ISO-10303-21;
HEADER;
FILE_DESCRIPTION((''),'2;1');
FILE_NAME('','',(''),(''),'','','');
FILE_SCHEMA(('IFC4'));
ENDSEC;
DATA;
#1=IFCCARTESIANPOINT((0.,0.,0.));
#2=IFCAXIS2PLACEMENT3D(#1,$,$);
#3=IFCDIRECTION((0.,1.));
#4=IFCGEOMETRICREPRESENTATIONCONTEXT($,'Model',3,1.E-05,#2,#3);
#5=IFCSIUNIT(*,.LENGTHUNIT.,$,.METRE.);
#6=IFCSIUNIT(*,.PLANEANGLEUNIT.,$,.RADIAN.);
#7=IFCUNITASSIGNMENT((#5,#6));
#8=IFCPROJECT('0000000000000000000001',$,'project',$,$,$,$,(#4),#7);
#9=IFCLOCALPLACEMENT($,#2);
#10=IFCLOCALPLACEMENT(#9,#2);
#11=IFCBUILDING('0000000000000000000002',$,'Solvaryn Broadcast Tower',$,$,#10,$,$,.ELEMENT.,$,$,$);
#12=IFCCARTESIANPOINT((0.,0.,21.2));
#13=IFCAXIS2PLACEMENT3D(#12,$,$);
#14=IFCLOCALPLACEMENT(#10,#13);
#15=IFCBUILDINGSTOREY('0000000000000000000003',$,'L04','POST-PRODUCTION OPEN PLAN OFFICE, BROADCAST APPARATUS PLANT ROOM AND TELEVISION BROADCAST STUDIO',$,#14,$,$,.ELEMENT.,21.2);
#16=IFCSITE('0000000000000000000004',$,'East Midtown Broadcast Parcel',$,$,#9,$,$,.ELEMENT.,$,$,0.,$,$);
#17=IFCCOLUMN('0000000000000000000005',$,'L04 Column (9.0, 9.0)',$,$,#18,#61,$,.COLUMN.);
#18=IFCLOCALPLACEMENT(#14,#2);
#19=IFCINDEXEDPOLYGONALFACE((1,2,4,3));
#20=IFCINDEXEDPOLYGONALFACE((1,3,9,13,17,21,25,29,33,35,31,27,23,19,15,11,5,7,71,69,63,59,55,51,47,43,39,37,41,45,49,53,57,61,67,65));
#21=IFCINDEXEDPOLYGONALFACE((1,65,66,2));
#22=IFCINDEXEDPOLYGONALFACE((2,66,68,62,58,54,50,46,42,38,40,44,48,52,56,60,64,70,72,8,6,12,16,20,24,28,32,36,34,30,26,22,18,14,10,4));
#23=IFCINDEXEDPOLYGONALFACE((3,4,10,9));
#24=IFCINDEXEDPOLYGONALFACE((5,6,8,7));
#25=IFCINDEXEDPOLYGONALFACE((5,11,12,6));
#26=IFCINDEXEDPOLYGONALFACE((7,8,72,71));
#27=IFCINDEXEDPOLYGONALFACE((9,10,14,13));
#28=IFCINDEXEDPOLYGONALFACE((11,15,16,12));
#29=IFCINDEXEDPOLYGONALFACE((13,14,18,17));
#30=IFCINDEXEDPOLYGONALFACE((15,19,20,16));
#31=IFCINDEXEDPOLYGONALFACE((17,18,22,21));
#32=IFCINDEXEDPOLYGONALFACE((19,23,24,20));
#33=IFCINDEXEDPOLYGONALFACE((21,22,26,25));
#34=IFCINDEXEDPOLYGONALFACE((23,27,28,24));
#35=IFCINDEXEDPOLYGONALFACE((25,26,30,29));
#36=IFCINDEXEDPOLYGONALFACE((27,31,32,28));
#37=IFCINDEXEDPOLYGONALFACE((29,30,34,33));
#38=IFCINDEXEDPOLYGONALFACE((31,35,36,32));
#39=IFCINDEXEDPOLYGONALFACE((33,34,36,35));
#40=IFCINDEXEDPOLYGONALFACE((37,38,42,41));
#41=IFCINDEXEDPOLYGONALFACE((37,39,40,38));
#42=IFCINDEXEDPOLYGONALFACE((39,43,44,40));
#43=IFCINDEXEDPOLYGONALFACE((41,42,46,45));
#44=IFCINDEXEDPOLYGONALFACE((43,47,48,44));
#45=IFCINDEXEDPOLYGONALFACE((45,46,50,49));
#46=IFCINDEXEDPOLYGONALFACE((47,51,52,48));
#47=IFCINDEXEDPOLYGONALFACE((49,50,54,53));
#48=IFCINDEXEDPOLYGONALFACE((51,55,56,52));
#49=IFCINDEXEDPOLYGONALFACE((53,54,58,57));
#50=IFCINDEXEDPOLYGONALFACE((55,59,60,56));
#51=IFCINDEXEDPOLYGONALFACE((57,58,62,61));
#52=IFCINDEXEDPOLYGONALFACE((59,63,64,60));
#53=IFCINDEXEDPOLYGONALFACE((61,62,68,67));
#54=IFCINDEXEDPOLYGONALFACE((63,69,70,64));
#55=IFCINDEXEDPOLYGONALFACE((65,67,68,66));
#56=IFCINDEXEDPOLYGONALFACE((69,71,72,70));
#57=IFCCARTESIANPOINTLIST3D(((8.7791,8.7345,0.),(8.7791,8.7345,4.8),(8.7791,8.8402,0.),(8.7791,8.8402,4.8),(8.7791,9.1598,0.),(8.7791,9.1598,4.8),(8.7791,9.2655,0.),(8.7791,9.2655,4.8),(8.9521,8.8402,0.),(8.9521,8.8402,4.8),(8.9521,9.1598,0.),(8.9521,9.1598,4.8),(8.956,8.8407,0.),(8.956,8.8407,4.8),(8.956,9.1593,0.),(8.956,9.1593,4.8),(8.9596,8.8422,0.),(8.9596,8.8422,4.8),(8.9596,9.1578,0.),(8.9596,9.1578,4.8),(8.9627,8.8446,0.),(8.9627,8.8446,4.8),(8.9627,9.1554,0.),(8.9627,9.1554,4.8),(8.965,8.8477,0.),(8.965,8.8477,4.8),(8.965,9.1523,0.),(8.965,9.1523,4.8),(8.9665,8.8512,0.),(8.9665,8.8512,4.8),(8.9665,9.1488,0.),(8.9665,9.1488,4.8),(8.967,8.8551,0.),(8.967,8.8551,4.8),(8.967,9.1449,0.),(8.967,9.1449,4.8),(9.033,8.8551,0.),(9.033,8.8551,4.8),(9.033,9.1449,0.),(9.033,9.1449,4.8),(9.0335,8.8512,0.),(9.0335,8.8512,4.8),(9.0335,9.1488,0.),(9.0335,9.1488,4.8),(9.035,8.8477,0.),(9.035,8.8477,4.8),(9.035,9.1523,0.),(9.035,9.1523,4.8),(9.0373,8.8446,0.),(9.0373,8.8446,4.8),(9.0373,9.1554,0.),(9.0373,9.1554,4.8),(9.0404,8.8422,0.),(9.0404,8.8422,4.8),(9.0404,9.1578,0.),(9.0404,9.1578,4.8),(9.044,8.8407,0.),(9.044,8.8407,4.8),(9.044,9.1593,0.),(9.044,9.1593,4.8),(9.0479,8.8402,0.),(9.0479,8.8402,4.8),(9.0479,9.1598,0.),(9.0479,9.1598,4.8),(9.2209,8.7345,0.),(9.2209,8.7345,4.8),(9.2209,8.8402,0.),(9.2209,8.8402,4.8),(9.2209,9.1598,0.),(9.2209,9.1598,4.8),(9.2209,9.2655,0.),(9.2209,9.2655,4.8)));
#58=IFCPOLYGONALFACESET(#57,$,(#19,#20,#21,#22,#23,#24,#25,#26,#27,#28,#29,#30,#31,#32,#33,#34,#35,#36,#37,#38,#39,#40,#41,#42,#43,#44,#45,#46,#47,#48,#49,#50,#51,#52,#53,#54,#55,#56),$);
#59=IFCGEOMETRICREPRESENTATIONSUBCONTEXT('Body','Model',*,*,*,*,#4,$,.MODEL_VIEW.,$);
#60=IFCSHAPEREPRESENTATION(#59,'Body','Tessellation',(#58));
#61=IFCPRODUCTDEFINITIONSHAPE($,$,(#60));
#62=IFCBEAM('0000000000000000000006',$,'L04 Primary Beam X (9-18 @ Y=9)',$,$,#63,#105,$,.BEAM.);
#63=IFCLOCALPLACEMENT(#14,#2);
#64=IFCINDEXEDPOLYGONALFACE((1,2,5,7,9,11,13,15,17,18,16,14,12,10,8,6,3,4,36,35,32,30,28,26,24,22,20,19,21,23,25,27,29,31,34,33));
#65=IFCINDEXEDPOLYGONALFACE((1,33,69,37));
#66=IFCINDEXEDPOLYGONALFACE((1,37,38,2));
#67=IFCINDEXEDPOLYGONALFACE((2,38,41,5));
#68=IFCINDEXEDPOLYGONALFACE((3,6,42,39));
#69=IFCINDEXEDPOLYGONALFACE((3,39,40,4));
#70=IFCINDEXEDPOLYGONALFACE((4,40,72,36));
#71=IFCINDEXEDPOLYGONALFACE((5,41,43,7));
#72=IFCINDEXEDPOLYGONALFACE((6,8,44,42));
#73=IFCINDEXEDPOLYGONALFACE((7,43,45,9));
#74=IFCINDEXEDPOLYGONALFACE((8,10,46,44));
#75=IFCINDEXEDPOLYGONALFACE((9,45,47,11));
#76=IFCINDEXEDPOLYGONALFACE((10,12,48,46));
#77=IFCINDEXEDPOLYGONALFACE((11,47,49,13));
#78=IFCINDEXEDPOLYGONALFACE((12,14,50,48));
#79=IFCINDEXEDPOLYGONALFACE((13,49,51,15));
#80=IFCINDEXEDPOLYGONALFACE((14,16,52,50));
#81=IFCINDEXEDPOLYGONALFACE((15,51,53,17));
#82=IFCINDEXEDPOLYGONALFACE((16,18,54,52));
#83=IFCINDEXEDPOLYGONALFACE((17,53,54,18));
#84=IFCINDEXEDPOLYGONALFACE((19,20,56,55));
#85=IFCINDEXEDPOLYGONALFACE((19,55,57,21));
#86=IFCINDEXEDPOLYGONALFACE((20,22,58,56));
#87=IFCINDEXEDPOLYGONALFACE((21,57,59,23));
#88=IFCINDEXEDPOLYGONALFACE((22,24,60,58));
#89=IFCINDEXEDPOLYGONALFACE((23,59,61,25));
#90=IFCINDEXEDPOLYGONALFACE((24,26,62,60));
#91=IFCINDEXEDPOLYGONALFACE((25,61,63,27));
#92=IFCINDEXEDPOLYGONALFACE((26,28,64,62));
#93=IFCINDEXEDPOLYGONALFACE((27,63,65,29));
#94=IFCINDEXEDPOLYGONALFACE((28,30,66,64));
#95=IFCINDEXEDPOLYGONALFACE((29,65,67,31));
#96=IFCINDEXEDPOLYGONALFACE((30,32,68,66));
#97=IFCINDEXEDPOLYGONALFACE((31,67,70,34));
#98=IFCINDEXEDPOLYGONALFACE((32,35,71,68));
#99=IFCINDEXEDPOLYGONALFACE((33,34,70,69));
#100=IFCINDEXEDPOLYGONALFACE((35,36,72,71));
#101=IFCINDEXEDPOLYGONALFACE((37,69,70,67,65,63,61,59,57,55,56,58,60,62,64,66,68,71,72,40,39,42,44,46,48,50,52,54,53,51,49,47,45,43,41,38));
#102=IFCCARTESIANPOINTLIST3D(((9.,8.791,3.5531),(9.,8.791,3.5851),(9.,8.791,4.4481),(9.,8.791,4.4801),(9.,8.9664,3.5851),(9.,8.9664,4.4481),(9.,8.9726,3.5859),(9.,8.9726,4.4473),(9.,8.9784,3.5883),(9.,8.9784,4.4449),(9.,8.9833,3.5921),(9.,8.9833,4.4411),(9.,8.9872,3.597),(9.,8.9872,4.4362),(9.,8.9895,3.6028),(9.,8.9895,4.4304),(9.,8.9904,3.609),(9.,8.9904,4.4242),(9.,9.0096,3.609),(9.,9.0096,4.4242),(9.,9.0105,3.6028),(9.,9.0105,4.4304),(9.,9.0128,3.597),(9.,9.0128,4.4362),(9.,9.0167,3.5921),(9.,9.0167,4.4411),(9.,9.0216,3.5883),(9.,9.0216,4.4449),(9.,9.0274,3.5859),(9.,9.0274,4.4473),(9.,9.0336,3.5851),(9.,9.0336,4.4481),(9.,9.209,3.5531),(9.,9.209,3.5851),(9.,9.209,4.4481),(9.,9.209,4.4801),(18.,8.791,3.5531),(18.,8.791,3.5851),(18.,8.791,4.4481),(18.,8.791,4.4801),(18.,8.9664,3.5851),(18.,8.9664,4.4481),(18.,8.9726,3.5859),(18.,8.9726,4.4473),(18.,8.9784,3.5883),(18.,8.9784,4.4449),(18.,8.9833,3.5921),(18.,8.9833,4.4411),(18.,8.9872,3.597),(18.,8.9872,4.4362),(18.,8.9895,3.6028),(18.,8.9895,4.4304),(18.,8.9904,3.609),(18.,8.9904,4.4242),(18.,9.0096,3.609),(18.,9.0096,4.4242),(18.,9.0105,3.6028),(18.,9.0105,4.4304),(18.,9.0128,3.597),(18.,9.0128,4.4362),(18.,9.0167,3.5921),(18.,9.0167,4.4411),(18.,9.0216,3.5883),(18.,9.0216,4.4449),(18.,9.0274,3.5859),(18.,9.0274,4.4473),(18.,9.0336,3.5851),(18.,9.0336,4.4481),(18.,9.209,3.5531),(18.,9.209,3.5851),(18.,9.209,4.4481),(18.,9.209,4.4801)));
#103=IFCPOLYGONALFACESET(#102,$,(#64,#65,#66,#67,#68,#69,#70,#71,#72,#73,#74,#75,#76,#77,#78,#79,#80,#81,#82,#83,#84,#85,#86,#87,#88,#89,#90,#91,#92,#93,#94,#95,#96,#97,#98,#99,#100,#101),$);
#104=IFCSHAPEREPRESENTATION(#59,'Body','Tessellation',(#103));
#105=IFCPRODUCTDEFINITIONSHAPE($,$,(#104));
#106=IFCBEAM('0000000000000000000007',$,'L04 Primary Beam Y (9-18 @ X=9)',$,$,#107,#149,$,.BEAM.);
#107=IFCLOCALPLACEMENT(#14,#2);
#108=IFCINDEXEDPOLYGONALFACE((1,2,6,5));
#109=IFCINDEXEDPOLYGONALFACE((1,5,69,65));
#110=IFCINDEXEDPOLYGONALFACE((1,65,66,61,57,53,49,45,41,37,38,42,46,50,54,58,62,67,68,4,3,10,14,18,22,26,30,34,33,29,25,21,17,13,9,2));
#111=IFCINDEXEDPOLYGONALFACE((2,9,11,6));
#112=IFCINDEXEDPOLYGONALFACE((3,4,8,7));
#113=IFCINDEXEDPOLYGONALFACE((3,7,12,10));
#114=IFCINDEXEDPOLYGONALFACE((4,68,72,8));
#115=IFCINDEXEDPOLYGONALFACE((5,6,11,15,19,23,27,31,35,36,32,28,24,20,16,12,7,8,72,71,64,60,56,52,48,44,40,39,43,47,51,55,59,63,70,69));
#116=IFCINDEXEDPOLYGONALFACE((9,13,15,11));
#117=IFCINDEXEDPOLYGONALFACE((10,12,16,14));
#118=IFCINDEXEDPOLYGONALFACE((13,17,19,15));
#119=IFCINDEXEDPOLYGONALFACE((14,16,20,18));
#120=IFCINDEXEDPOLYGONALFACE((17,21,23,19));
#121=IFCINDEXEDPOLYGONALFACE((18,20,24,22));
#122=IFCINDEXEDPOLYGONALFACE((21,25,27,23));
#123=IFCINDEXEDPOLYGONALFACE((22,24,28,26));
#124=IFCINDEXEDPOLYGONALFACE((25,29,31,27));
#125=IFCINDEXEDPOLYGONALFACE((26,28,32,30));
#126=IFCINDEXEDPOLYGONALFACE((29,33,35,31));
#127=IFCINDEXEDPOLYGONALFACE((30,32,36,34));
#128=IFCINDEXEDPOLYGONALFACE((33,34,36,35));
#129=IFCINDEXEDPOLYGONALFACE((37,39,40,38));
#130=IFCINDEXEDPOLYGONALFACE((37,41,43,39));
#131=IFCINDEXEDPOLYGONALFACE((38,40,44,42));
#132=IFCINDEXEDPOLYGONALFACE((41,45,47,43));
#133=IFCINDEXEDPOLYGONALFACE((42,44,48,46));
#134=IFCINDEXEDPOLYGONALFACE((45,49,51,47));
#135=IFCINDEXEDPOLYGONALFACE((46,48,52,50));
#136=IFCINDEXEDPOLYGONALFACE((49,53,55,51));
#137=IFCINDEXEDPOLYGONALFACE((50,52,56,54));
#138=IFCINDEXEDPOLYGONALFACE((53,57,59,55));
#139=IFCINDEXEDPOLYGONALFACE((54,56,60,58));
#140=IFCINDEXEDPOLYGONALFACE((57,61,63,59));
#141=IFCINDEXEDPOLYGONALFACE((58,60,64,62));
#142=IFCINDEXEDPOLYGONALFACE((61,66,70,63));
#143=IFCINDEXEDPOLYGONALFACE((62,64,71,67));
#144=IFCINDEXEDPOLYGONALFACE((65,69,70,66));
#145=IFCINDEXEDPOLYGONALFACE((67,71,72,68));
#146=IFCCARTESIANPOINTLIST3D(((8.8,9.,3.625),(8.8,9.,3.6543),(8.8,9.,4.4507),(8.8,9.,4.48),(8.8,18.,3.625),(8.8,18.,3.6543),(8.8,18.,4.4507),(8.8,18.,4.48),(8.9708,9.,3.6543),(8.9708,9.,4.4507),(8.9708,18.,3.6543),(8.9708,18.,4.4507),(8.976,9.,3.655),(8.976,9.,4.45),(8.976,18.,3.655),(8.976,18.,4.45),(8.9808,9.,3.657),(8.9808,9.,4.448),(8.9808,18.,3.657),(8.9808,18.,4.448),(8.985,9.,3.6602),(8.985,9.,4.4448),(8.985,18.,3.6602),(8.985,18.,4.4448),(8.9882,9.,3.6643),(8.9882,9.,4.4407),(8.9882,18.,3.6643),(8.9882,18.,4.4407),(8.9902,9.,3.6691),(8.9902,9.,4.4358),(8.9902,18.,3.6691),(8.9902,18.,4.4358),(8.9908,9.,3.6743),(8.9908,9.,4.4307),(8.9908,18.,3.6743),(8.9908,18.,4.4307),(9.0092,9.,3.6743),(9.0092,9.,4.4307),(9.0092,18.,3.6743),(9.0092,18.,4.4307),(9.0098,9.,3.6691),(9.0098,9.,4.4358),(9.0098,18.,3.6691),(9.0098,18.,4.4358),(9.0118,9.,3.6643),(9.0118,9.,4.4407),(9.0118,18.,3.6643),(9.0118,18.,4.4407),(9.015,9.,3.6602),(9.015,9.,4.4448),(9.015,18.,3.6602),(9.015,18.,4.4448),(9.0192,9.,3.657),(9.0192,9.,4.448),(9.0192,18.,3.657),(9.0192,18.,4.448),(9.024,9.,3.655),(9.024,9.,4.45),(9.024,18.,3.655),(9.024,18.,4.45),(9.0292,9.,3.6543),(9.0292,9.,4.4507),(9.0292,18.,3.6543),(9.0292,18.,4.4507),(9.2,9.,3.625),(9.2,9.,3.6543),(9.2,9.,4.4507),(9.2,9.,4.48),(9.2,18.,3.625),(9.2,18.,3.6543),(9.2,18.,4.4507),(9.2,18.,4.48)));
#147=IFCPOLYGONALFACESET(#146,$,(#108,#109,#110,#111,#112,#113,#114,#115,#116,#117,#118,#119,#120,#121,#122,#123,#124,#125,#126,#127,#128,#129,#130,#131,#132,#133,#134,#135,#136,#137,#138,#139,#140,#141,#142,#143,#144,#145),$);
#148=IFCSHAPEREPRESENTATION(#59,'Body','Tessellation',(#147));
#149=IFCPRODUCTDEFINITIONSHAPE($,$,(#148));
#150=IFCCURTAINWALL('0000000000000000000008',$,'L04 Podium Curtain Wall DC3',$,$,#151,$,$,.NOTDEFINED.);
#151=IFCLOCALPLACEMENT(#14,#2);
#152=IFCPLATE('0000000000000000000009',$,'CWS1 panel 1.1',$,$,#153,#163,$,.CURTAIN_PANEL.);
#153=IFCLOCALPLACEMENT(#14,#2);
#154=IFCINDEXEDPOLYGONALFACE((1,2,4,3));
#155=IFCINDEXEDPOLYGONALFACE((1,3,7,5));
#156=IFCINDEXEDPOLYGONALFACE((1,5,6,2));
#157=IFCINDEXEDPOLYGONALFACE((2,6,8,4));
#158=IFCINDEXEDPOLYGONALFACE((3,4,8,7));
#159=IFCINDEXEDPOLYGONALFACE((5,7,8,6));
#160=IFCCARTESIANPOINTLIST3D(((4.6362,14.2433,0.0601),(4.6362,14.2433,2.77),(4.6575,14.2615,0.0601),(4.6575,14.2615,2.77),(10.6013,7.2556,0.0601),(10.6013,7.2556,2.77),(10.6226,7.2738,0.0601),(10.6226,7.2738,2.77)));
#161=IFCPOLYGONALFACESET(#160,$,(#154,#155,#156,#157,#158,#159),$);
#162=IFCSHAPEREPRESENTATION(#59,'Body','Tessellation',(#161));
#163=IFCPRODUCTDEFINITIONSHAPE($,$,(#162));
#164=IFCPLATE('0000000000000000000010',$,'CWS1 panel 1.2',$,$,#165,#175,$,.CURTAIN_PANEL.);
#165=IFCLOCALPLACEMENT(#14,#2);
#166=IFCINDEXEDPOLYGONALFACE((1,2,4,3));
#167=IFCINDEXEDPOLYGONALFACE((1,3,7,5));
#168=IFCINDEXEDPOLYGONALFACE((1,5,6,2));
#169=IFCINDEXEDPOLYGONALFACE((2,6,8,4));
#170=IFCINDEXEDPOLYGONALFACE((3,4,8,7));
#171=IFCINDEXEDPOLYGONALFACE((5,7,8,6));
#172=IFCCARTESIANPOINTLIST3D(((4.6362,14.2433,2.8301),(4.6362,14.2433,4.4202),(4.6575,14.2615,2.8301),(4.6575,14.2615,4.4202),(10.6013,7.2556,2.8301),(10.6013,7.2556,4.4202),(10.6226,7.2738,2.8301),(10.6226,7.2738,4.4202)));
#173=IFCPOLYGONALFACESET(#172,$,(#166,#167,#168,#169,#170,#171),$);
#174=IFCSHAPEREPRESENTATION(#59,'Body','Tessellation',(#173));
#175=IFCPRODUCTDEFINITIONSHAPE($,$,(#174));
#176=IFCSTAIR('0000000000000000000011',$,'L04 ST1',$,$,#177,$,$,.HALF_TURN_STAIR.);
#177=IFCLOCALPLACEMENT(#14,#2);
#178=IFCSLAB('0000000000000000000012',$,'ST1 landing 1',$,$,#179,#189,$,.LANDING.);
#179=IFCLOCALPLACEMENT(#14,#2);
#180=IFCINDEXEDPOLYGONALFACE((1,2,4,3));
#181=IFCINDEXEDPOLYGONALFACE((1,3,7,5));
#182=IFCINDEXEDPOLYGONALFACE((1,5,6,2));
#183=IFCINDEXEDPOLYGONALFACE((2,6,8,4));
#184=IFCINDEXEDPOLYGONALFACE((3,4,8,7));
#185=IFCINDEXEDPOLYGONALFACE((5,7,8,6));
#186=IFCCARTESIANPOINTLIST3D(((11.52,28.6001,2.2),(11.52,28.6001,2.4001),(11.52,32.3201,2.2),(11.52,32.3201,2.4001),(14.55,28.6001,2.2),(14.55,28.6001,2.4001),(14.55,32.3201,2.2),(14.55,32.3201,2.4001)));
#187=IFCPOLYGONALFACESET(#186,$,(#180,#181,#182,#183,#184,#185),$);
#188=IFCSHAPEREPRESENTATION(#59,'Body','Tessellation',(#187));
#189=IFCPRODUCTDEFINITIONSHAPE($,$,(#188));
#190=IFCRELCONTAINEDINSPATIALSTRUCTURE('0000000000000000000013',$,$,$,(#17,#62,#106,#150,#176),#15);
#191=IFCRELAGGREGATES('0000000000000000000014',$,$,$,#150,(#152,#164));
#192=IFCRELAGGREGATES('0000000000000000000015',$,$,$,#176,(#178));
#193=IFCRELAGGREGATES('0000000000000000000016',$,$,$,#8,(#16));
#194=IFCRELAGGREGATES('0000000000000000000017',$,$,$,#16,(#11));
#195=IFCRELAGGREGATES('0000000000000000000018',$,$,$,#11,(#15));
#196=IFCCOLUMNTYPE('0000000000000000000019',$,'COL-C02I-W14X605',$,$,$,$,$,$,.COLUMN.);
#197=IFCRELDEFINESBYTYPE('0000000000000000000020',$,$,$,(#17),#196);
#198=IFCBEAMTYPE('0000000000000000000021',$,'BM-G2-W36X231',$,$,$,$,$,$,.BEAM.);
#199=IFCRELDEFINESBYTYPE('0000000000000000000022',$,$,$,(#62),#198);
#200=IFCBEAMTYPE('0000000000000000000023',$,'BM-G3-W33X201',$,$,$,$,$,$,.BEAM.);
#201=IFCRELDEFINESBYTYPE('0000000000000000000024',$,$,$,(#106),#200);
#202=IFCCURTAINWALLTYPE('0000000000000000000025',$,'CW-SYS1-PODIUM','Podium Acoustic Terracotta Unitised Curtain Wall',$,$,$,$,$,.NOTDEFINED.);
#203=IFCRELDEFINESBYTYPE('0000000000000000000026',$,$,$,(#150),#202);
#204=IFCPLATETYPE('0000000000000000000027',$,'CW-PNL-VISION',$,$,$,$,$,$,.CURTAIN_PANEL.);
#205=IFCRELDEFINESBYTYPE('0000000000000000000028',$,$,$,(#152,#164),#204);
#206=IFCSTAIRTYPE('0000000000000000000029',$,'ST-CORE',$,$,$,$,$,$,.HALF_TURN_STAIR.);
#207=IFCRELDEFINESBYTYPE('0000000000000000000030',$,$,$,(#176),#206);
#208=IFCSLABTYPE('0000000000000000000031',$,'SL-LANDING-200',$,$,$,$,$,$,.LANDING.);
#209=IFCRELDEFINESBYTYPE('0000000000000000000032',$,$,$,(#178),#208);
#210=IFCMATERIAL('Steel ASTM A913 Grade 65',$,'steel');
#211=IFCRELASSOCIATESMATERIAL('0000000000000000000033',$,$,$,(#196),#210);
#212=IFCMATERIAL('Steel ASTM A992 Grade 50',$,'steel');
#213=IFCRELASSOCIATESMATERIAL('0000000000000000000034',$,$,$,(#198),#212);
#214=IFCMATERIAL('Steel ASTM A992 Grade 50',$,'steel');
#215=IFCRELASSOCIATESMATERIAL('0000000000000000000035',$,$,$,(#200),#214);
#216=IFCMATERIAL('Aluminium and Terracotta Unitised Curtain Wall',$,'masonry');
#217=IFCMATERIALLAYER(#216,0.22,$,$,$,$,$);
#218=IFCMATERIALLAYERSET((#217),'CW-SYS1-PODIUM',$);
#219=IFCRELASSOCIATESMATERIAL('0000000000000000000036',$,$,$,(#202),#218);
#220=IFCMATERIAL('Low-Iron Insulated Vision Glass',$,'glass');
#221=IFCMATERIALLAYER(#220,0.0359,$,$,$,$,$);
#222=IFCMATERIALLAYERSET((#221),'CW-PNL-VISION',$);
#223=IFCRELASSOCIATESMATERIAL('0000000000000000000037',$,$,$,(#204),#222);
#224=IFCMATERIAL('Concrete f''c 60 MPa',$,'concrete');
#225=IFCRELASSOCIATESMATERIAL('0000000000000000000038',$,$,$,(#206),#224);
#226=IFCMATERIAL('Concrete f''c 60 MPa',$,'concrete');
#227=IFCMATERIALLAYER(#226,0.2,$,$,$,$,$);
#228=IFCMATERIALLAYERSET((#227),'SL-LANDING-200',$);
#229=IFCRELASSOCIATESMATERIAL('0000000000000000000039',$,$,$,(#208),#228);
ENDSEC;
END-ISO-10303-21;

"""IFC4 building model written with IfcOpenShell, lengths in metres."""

from ifc_helpers import new_model, si_unit, direction, frame, origin, origin_2d, place, context, subcontext, project, spatial, polyline, rectangle, i_section, outline, extrude, material, layer, layer_set, material_profile, profile_set, type_object, element, aggregate, save


model = new_model("IFC4")

# Units and contexts
model_context = context("Model", 3, precision=1e-05, world=origin(), true_north=direction((0.0, 1.0)))
body_context = subcontext(model_context, "Body", "Model", "MODEL_VIEW")
ifc_project = project(units=[si_unit("LENGTHUNIT", "METRE"), si_unit("PLANEANGLEUNIT", "RADIAN")], contexts=[model_context])

# Site, building, storey
site_placement = place(None, origin())
site = spatial("IfcSite", under=ifc_project, at=site_placement, Name="East Midtown Broadcast Parcel", CompositionType="ELEMENT", RefElevation=0.0)
building_placement = place(site_placement, origin())
building = spatial("IfcBuilding", under=site, at=building_placement, Name="Solvaryn Broadcast Tower", CompositionType="ELEMENT")
storey_placement = place(building_placement, frame((0.0, 0.0, 21.2)))
storey = spatial("IfcBuildingStorey", under=building, at=storey_placement, Name="L04", Description="POST-PRODUCTION OPEN PLAN OFFICE, BROADCAST APPARATUS PLANT ROOM AND TELEVISION BROADCAST STUDIO", CompositionType="ELEMENT", Elevation=21.2)

# Column
ifc_material_1 = material(Name="Steel ASTM A913 Grade 65", Category="steel")
ifc_material_profile_1 = material_profile(ifc_material_1, i_section(OverallWidth=0.4419, OverallDepth=0.531, WebThickness=0.0659, FlangeThickness=0.1057, FilletRadius=0.0149, at=origin_2d()))
ifc_profile_set_1 = profile_set([ifc_material_profile_1], Name="Steel ASTM A913 Grade 65")
column_type = type_object("IfcColumnType", Name="COL-C02I-W14X605", PredefinedType="COLUMN", material=ifc_profile_set_1)
column_placement = place(storey_placement, frame((9.0, 9.0, 0.0), z_axis=(0.0, 0.0, 1.0), x_axis=(1.0, 0.0, 0.0)))
element("IfcColumn", 1, at=column_placement, inside=storey, type_object=column_type, Name="L04 Column (9.0, 9.0)", PredefinedType="COLUMN", context=body_context, shape_type="SweptSolid", body=[
    extrude(i_section(OverallWidth=0.4419, OverallDepth=0.531, WebThickness=0.0659, FlangeThickness=0.1057, FilletRadius=0.0149, at=origin_2d()), origin(), (0.0, 0.0, 1.0), 4.8),
])

# Beams
ifc_material_2 = material(Name="Steel ASTM A992 Grade 50", Category="steel")
ifc_material_profile_2 = material_profile(ifc_material_2, i_section(OverallWidth=0.418, OverallDepth=0.927, WebThickness=0.0193, FlangeThickness=0.032, FilletRadius=0.0239, at=origin_2d()))
ifc_profile_set_2 = profile_set([ifc_material_profile_2], Name="Steel ASTM A992 Grade 50")
beam_type_1 = type_object("IfcBeamType", Name="BM-G2-W36X231", PredefinedType="BEAM", material=ifc_profile_set_2)
beam_1_placement = place(storey_placement, frame((9.0, 9.0, 4.0166), z_axis=(1.0, 0.0, 0.0), x_axis=(0.0, 1.0, 0.0)))
element("IfcBeam", 2, at=beam_1_placement, inside=storey, type_object=beam_type_1, Name="L04 Primary Beam X (9-18 @ Y=9)", PredefinedType="BEAM", context=body_context, shape_type="SweptSolid", body=[
    extrude(i_section(OverallWidth=0.418, OverallDepth=0.927, WebThickness=0.0193, FlangeThickness=0.032, FilletRadius=0.0239, at=origin_2d()), origin(), (0.0, 0.0, 1.0), 9.0),
])
ifc_material_3 = material(Name="Steel ASTM A992 Grade 50", Category="steel")
ifc_material_profile_3 = material_profile(ifc_material_3, i_section(OverallWidth=0.3999, OverallDepth=0.855, WebThickness=0.0183, FlangeThickness=0.0293, FilletRadius=0.02, at=origin_2d()))
ifc_profile_set_3 = profile_set([ifc_material_profile_3], Name="Steel ASTM A992 Grade 50")
beam_type_2 = type_object("IfcBeamType", Name="BM-G3-W33X201", PredefinedType="BEAM", material=ifc_profile_set_3)
beam_2_placement = place(storey_placement, frame((9.0, 9.0, 4.0525), z_axis=(0.0, 1.0, 0.0), x_axis=(-1.0, 0.0, 0.0)))
element("IfcBeam", 3, at=beam_2_placement, inside=storey, type_object=beam_type_2, Name="L04 Primary Beam Y (9-18 @ X=9)", PredefinedType="BEAM", context=body_context, shape_type="SweptSolid", body=[
    extrude(i_section(OverallWidth=0.3999, OverallDepth=0.855, WebThickness=0.0183, FlangeThickness=0.0293, FilletRadius=0.02, at=origin_2d()), origin(), (0.0, 0.0, 1.0), 9.0),
])

# Curtain wall, plates
ifc_material_4 = material(Name="Aluminium and Terracotta Unitised Curtain Wall", Category="masonry")
ifc_layer_1 = layer(ifc_material_4, 0.22)
ifc_layer_set_1 = layer_set([ifc_layer_1], Name="CW-SYS1-PODIUM")
curtain_wall_type = type_object("IfcCurtainWallType", Name="CW-SYS1-PODIUM", Description="Podium Acoustic Terracotta Unitised Curtain Wall", PredefinedType="NOTDEFINED", material=ifc_layer_set_1)
curtain_wall_placement = place(storey_placement, origin())
curtain_wall = element("IfcCurtainWall", 4, at=curtain_wall_placement, inside=storey, type_object=curtain_wall_type, Name="L04 Podium Curtain Wall DC3", PredefinedType="NOTDEFINED")
ifc_material_5 = material(Name="Low-Iron Insulated Vision Glass", Category="glass")
ifc_layer_2 = layer(ifc_material_5, 0.0359)
ifc_layer_set_2 = layer_set([ifc_layer_2], Name="CW-PNL-VISION")
plate_type = type_object("IfcPlateType", Name="CW-PNL-VISION", PredefinedType="CURTAIN_PANEL", material=ifc_layer_set_2)
plate_1_placement = place(storey_placement, frame((7.6294, 10.7585, 0.0601), z_axis=(0.0, 0.0, 1.0), x_axis=(0.649259, -0.760567, 0.0)))
plate_1 = element("IfcPlate", 5, at=plate_1_placement, type_object=plate_type, Name="CWS1 panel 1.1", PredefinedType="CURTAIN_PANEL", context=body_context, shape_type="SweptSolid", body=[
    extrude(rectangle(XDim=9.1875, YDim=0.0281, at=origin_2d()), origin(), (0.0, 0.0, 1.0), 2.71),
])
plate_2_placement = place(storey_placement, frame((7.6294, 10.7585, 2.8301), z_axis=(0.0, 0.0, 1.0), x_axis=(0.649259, -0.760567, 0.0)))
plate_2 = element("IfcPlate", 6, at=plate_2_placement, type_object=plate_type, Name="CWS1 panel 1.2", PredefinedType="CURTAIN_PANEL", context=body_context, shape_type="SweptSolid", body=[
    extrude(rectangle(XDim=9.1875, YDim=0.0281, at=origin_2d()), origin(), (0.0, 0.0, 1.0), 1.5901),
])
aggregate(curtain_wall, [plate_1, plate_2])

# Stair, slab
ifc_material_6 = material(Name="Concrete f'c 60 MPa", Category="concrete")
stair_type = type_object("IfcStairType", Name="ST-CORE", PredefinedType="HALF_TURN_STAIR", material=ifc_material_6)
stair_1_placement = place(storey_placement, origin())
stair_1 = element("IfcStair", 7, at=stair_1_placement, inside=storey, type_object=stair_type, Name="L04 ST1", PredefinedType="HALF_TURN_STAIR")
ifc_material_7 = material(Name="Concrete f'c 60 MPa", Category="concrete")
ifc_layer_3 = layer(ifc_material_7, 0.2)
ifc_layer_set_3 = layer_set([ifc_layer_3], Name="SL-LANDING-200")
slab_type_1 = type_object("IfcSlabType", Name="SL-LANDING-200", PredefinedType="LANDING", material=ifc_layer_set_3)
slab_1_placement = place(storey_placement, frame((0.0, 0.0, 2.2)))
slab_1 = element("IfcSlab", 8, at=slab_1_placement, type_object=slab_type_1, Name="ST1 landing 1", PredefinedType="LANDING", context=body_context, shape_type="SweptSolid", body=[
    extrude(outline(polyline([(11.52, 32.3201), (11.52, 28.6001), (14.55, 28.6001), (14.55, 32.3201), (11.52, 32.3201)])), origin(), (0.0, 0.0, 1.0), 0.2002),
])
aggregate(stair_1, [slab_1])

save(model, "model.ifc")
